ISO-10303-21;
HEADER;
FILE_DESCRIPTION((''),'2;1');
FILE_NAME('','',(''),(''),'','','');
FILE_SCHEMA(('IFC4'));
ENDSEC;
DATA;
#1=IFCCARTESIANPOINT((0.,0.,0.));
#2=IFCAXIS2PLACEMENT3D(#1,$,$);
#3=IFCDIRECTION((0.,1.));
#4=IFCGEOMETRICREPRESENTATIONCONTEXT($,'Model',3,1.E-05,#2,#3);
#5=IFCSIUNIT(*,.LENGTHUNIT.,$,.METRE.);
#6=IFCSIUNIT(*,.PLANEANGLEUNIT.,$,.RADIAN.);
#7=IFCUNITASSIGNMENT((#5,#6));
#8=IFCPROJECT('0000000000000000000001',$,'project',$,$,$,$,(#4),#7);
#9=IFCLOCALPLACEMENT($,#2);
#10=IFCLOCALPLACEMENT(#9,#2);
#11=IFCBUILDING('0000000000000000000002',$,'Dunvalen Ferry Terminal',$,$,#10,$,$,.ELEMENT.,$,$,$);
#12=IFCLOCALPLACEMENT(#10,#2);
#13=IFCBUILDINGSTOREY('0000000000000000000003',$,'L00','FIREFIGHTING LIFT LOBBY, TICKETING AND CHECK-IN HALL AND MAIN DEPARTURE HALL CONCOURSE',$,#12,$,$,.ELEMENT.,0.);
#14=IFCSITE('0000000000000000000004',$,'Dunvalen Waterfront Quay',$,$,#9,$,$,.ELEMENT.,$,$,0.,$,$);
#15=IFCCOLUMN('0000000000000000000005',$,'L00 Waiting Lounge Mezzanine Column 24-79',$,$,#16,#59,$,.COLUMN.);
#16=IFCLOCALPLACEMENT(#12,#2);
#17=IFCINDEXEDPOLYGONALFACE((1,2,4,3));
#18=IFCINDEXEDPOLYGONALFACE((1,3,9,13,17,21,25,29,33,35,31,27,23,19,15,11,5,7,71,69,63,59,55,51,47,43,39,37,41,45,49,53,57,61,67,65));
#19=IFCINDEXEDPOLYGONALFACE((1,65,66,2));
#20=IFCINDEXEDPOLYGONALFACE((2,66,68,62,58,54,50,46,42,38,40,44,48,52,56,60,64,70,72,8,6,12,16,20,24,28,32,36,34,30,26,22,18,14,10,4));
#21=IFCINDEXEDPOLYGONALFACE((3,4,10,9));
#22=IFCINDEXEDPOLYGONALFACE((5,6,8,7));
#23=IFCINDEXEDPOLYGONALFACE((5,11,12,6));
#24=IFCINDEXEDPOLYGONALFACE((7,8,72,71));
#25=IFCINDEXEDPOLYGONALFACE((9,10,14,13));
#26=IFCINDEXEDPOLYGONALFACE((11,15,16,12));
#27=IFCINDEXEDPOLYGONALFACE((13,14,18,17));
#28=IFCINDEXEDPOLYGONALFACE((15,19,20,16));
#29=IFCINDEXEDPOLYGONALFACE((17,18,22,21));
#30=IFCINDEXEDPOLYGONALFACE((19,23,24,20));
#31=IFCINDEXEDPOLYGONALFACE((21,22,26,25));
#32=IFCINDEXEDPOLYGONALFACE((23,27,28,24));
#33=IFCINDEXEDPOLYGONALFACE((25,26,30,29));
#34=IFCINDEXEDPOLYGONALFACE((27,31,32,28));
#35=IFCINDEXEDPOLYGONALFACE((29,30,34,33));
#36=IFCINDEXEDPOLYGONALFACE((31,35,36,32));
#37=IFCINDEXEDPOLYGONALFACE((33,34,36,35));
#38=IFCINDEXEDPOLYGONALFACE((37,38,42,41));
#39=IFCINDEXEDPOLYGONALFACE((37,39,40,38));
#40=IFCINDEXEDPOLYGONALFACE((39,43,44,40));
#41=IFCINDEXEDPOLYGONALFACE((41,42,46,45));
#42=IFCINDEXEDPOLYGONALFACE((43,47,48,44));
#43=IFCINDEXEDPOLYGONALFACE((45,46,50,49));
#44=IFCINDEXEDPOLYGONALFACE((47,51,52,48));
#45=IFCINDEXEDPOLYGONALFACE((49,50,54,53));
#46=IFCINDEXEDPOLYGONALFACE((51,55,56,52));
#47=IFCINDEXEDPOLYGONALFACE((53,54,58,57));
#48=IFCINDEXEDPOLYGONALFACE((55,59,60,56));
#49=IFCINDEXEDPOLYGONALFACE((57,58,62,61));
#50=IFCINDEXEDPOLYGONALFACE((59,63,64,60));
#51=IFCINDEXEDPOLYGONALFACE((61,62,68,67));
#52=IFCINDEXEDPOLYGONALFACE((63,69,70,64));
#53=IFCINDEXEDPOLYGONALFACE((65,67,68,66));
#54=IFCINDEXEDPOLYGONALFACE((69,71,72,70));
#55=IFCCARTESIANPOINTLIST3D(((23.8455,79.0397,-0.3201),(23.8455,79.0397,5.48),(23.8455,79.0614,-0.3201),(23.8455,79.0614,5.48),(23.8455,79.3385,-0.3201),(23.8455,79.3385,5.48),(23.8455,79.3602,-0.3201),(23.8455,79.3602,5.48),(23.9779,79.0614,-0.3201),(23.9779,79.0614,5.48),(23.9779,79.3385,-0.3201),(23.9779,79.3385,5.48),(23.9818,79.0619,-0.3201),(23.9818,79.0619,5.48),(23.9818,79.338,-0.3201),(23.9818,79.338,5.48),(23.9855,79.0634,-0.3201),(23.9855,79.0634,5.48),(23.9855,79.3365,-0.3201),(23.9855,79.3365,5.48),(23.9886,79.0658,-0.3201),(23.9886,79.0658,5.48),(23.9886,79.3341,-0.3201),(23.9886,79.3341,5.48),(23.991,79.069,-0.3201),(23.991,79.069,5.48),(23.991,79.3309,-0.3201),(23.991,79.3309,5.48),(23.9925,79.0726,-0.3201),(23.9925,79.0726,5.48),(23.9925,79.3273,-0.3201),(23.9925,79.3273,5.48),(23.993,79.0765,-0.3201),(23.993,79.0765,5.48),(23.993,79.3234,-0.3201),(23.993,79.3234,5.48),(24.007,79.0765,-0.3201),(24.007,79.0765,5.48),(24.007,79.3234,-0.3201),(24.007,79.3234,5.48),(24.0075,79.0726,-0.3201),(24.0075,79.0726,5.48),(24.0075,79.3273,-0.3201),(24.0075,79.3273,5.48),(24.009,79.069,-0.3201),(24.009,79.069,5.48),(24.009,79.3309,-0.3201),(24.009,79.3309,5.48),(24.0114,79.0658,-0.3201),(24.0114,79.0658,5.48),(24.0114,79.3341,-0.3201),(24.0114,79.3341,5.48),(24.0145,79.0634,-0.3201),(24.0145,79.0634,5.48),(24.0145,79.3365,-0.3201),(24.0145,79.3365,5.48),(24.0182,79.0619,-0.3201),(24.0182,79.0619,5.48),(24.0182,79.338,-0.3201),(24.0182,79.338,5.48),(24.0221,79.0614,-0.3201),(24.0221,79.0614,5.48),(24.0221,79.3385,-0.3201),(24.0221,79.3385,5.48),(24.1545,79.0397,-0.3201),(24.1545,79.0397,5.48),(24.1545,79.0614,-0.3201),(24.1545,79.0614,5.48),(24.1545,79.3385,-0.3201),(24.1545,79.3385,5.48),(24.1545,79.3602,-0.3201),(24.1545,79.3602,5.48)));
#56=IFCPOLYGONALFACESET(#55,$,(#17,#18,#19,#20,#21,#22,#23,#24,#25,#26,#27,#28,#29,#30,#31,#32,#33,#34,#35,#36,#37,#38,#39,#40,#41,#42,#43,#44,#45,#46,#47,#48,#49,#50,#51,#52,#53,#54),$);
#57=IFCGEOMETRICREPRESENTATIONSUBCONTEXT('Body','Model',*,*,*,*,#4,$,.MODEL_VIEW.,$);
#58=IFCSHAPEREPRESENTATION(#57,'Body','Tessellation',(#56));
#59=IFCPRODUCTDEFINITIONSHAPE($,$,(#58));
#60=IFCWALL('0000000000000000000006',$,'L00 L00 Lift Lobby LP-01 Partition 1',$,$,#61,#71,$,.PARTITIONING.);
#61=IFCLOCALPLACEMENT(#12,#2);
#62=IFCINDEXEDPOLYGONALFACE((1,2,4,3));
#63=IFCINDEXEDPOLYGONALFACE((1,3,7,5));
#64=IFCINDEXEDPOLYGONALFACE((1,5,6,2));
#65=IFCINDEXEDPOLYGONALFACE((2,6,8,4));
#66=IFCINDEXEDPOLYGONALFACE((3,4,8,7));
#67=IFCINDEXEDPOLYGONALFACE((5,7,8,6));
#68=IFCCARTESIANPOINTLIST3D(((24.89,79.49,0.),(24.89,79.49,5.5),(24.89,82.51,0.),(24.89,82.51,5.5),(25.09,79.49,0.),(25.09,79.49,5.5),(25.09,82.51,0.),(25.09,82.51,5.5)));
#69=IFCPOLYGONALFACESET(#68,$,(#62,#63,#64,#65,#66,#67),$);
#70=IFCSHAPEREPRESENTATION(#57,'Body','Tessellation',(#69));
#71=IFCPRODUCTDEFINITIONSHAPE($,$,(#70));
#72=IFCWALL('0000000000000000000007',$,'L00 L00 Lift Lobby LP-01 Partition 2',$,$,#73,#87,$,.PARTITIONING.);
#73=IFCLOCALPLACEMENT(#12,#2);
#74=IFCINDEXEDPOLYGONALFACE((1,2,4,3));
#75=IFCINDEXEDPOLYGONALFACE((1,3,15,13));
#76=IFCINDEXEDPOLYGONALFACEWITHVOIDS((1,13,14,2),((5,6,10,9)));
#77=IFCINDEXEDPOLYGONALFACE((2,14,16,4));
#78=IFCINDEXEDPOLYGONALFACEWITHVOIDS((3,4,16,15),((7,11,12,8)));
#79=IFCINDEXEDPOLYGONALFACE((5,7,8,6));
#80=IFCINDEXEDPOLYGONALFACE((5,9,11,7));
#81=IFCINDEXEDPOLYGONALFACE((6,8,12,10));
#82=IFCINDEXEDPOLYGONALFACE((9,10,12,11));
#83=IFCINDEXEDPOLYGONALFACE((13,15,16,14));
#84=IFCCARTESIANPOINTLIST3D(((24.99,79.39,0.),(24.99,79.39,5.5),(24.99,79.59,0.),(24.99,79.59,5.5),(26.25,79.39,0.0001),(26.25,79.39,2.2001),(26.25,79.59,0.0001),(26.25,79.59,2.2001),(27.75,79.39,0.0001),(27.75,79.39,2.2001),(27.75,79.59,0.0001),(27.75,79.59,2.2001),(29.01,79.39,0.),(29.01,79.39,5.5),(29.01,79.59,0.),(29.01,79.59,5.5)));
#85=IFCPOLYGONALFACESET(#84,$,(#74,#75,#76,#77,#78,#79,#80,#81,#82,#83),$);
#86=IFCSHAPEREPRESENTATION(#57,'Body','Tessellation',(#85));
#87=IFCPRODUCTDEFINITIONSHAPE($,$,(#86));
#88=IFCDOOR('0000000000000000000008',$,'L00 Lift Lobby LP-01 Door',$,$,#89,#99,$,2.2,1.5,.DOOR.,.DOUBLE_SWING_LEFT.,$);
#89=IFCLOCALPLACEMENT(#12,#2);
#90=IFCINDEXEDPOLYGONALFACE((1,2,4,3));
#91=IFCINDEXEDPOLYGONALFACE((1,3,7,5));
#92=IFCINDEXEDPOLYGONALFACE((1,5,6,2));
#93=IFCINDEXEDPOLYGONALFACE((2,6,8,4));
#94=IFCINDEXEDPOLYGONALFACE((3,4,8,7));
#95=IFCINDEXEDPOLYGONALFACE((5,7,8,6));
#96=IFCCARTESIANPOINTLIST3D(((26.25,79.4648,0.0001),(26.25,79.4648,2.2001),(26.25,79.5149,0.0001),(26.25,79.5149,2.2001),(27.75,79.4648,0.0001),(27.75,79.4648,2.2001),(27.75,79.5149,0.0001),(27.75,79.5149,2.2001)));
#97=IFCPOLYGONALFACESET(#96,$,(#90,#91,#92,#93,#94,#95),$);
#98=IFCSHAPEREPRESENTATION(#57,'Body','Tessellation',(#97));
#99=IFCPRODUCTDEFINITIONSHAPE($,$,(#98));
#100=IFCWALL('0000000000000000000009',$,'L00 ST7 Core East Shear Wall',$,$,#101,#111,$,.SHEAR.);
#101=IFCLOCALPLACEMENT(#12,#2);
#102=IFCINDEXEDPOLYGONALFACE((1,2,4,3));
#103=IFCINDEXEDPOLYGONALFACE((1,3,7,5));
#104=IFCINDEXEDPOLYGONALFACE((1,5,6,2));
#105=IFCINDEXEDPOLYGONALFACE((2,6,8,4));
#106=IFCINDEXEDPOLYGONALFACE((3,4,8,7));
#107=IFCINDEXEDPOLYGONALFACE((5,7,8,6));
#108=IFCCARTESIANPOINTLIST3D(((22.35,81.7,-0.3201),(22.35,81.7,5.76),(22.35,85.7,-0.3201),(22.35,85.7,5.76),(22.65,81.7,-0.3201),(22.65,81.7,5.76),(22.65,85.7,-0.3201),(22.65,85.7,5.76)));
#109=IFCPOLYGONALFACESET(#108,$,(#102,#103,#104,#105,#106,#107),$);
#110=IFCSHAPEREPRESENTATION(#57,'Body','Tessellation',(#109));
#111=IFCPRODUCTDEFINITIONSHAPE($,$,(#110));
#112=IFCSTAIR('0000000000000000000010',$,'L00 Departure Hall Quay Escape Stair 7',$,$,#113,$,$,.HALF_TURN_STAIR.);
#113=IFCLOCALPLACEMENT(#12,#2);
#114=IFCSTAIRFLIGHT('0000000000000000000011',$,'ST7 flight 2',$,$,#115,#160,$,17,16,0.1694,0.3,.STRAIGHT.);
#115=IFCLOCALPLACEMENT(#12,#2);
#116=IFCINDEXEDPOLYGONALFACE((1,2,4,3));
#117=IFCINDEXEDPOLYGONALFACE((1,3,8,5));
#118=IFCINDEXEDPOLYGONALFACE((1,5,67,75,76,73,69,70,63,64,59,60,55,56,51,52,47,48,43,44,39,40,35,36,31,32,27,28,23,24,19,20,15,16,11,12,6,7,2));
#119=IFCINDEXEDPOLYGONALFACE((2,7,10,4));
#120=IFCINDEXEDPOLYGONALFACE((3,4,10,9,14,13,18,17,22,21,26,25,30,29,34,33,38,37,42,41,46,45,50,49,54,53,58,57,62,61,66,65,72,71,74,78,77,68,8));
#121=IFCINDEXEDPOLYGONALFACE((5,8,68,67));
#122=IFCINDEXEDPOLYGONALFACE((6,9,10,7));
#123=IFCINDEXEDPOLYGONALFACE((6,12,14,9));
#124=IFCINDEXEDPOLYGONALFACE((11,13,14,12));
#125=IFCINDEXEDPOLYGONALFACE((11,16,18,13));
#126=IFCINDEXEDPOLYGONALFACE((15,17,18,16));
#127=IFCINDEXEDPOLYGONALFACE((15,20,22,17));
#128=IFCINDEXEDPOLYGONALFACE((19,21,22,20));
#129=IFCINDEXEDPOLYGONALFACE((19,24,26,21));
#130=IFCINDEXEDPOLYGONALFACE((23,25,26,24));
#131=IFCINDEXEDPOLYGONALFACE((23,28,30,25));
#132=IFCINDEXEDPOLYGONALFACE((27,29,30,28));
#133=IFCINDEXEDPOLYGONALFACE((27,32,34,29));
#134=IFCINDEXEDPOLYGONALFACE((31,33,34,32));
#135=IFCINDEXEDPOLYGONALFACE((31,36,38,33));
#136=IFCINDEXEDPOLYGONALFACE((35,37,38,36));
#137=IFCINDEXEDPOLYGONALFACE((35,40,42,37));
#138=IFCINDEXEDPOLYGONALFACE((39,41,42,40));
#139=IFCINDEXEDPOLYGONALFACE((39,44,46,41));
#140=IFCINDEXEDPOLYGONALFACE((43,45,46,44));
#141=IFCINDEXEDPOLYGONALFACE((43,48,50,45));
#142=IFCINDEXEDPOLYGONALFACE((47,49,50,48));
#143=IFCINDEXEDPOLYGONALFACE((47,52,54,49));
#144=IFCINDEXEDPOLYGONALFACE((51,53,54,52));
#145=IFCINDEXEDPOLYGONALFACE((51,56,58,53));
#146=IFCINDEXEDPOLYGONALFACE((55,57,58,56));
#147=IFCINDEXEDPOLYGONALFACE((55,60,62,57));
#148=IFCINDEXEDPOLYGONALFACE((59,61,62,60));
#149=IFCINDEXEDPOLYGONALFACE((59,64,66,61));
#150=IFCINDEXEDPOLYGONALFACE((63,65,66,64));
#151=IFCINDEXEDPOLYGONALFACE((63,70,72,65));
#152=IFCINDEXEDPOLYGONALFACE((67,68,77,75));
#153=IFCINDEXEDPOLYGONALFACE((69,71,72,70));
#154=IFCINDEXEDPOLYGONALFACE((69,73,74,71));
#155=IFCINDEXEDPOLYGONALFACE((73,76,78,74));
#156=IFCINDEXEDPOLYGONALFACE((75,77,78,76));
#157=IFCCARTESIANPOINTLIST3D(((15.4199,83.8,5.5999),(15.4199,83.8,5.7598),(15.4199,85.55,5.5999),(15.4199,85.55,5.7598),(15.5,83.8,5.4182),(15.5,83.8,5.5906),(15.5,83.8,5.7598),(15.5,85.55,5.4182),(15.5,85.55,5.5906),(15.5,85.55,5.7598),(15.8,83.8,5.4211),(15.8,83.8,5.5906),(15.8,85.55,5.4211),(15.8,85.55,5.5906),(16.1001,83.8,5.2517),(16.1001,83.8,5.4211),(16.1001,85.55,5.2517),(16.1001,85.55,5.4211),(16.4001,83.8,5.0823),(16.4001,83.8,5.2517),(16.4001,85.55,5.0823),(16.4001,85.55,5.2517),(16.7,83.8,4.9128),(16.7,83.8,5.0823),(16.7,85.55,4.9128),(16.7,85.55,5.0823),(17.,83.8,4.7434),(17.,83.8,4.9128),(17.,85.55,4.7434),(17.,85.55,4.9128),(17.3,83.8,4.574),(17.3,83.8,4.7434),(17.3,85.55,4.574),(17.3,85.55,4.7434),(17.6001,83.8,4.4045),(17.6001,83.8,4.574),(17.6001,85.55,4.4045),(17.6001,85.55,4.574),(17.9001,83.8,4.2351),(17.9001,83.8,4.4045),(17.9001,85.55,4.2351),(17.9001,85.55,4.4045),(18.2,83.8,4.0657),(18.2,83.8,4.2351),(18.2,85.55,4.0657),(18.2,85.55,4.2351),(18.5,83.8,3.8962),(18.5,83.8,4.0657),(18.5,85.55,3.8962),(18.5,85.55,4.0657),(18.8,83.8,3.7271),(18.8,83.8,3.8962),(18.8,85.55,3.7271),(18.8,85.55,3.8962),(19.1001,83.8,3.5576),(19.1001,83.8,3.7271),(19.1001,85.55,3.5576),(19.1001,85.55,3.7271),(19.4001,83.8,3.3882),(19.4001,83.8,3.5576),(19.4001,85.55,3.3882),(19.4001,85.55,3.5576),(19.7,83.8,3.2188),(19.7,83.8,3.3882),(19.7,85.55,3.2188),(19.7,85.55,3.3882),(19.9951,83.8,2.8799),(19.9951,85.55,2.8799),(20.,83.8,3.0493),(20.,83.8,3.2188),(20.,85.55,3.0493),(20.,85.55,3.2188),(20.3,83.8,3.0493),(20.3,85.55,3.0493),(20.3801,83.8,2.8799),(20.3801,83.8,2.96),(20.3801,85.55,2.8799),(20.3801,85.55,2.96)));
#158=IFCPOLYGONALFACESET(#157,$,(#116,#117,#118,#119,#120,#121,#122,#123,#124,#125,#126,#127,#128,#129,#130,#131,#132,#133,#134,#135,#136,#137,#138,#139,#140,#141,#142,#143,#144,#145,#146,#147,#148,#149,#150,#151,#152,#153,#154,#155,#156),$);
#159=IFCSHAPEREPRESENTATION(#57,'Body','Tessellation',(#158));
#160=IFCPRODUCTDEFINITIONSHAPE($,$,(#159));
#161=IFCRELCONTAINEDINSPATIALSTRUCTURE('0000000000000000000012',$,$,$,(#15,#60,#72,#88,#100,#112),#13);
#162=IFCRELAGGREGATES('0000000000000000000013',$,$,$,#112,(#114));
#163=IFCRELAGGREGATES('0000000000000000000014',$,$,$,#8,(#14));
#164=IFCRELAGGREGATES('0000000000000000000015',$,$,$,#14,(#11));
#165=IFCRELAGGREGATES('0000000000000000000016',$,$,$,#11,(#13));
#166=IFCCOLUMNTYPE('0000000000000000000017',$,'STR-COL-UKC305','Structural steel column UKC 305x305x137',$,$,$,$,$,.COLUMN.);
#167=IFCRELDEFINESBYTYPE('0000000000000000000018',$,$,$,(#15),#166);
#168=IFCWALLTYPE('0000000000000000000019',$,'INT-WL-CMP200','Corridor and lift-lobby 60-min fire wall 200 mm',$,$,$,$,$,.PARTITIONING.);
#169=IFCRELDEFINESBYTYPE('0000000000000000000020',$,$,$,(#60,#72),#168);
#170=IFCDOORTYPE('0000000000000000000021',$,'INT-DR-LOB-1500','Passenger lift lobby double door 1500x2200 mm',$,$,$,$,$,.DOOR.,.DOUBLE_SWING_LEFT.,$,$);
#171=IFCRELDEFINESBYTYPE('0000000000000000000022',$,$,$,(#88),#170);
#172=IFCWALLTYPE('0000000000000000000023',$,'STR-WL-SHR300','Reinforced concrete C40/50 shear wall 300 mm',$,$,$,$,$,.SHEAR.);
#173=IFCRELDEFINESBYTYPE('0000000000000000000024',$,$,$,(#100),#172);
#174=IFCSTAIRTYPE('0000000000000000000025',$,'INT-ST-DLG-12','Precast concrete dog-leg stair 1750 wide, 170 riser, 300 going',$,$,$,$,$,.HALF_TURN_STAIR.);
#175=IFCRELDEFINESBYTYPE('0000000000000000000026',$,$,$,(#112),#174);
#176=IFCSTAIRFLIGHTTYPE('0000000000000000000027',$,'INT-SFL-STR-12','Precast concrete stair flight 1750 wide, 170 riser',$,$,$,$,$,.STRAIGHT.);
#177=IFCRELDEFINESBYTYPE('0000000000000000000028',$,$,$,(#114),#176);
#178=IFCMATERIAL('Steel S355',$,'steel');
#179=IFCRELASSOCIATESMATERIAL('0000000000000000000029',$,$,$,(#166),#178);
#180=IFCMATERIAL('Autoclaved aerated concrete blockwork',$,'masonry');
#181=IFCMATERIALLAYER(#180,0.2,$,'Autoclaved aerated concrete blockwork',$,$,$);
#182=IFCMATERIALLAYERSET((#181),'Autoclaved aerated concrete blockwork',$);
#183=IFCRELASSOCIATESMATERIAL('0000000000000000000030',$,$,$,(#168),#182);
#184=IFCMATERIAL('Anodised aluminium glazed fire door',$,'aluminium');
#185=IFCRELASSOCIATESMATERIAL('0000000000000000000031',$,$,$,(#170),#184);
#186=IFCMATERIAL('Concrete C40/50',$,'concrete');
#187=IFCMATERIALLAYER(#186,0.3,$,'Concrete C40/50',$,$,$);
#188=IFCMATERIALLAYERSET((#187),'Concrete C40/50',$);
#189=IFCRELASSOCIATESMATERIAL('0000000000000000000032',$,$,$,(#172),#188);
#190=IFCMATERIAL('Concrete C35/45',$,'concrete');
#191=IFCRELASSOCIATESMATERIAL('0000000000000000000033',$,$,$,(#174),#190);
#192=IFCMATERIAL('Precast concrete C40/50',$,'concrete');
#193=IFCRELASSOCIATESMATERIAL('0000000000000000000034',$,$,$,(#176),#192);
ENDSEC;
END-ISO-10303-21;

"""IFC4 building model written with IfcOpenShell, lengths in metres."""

from ifc_helpers import new_model, si_unit, direction, frame, frame_2d, origin, origin_2d, place, context, subcontext, project, spatial, polyline, rectangle, i_section, outline, extrude, material, layer, layer_set, material_profile, profile_set, type_object, element, fill, aggregate, save


model = new_model("IFC4")

# Units and contexts
model_context = context("Model", 3, precision=1e-05, world=origin(), true_north=direction((0.0, 1.0)))
body_context = subcontext(model_context, "Body", "Model", "MODEL_VIEW")
ifc_project = project(units=[si_unit("LENGTHUNIT", "METRE"), si_unit("PLANEANGLEUNIT", "RADIAN")], contexts=[model_context])

# Site, building, storey
site_placement = place(None, origin())
site = spatial("IfcSite", under=ifc_project, at=site_placement, Name="Dunvalen Waterfront Quay", CompositionType="ELEMENT", RefElevation=0.0)
building_placement = place(site_placement, origin())
building = spatial("IfcBuilding", under=site, at=building_placement, Name="Dunvalen Ferry Terminal", CompositionType="ELEMENT")
storey_placement = place(building_placement, origin())
storey = spatial("IfcBuildingStorey", under=building, at=storey_placement, Name="L00", Description="FIREFIGHTING LIFT LOBBY, TICKETING AND CHECK-IN HALL AND MAIN DEPARTURE HALL CONCOURSE", CompositionType="ELEMENT", Elevation=0.0)

# Shared definitions
ifc_material_1 = material(Name="Concrete C40/50", Category="concrete")

# Column
ifc_material_2 = material(Name="Steel S355", Category="steel")
ifc_material_profile_1 = material_profile(ifc_material_2, i_section(OverallWidth=0.3091, OverallDepth=0.3206, WebThickness=0.0139, FlangeThickness=0.0217, FilletRadius=0.0151, at=origin_2d()), Name="Steel S355")
ifc_profile_set_1 = profile_set([ifc_material_profile_1], Name="Steel S355")
column_type_1 = type_object("IfcColumnType", Name="STR-COL-UKC305", Description="Structural steel column UKC 305x305x137", PredefinedType="COLUMN", material=ifc_profile_set_1)
column_1_placement = place(storey_placement, frame((24.0, 79.2, -0.3201), z_axis=(0.0, 0.0, 1.0), x_axis=(1.0, 0.0, 0.0)))
element("IfcColumn", 1, at=column_1_placement, inside=storey, type_object=column_type_1, Name="L00 Waiting Lounge Mezzanine Column 24-79", PredefinedType="COLUMN", context=body_context, shape_type="SweptSolid", body=[
    extrude(i_section(OverallWidth=0.3091, OverallDepth=0.3206, WebThickness=0.0139, FlangeThickness=0.0217, FilletRadius=0.0151, at=origin_2d()), origin(), (0.0, 0.0, 1.0), 5.8),
])

# Wall
ifc_material_3 = material(Name="Autoclaved aerated concrete blockwork", Category="masonry")
ifc_layer_1 = layer(ifc_material_3, 0.2, Name="Autoclaved aerated concrete blockwork")
ifc_layer_set_1 = layer_set([ifc_layer_1], Name="Autoclaved aerated concrete blockwork")
wall_type_1 = type_object("IfcWallType", Name="INT-WL-CMP200", Description="Corridor and lift-lobby 60-min fire wall 200 mm", PredefinedType="PARTITIONING", material=ifc_layer_set_1)
wall_1_placement = place(storey_placement, frame((24.99, 82.51, 0.0), z_axis=(0.0, 0.0, 1.0), x_axis=(0.0, -1.0, 0.0)))
element("IfcWall", 2, at=wall_1_placement, inside=storey, type_object=wall_type_1, Name="L00 L00 Lift Lobby LP-01 Partition 1", PredefinedType="PARTITIONING", context=body_context, shape_type="SweptSolid", body=[
    extrude(rectangle(XDim=3.02, YDim=0.2, at=frame_2d((1.51, 0.0))), origin(), (0.0, 0.0, 1.0), 5.5),
])

# Wall, opening, door
wall_2_placement = place(storey_placement, frame((24.99, 79.49, 0.0), z_axis=(0.0, 0.0, 1.0), x_axis=(1.0, 0.0, 0.0)))
wall_2 = element("IfcWall", 3, at=wall_2_placement, inside=storey, type_object=wall_type_1, Name="L00 L00 Lift Lobby LP-01 Partition 2", PredefinedType="PARTITIONING", context=body_context, shape_type="SweptSolid", body=[
    extrude(rectangle(XDim=4.02, YDim=0.2, at=frame_2d((2.01, 0.0))), origin(), (0.0, 0.0, 1.0), 5.5),
])
opening_placement = place(wall_2_placement, frame((1.26, 0.0, 0.0)))
opening = element("IfcOpeningElement", 4, at=opening_placement, cuts=wall_2, PredefinedType="OPENING", context=body_context, shape_type="SweptSolid", body=[
    extrude(rectangle(XDim=1.5, YDim=2.2, at=frame_2d((0.75, 1.1001))), frame((0.0, 0.1099, 0.0), z_axis=(0.0, -1.0, 0.0), x_axis=(1.0, 0.0, 0.0)), (0.0, 0.0, 1.0), 0.22),
])
ifc_material_4 = material(Name="Anodised aluminium glazed fire door", Category="aluminium")
door_type = type_object("IfcDoorType", Name="INT-DR-LOB-1500", Description="Passenger lift lobby double door 1500x2200 mm", OperationType="DOUBLE_SWING_LEFT", PredefinedType="DOOR", material=ifc_material_4)
door_placement = place(opening_placement, origin())
door = element("IfcDoor", 5, at=door_placement, inside=storey, type_object=door_type, Name="L00 Lift Lobby LP-01 Door", OperationType="DOUBLE_SWING_LEFT", OverallHeight=2.2, OverallWidth=1.5, PredefinedType="DOOR", context=body_context, shape_type="SweptSolid", body=[
    extrude(rectangle(XDim=1.5, YDim=2.2, at=frame_2d((0.75, 1.1001))), frame((0.0, 0.0249, 0.0), z_axis=(0.0, -1.0, 0.0), x_axis=(1.0, 0.0, 0.0)), (0.0, 0.0, 1.0), 0.05),
])
fill(opening, door)

# Wall
ifc_layer_2 = layer(ifc_material_1, 0.3, Name="Concrete C40/50")
ifc_layer_set_2 = layer_set([ifc_layer_2], Name="Concrete C40/50")
wall_type_2 = type_object("IfcWallType", Name="STR-WL-SHR300", Description="Reinforced concrete C40/50 shear wall 300 mm", PredefinedType="SHEAR", material=ifc_layer_set_2)
wall_3_placement = place(storey_placement, frame((22.5, 81.7, -0.3201), z_axis=(0.0, 0.0, 1.0), x_axis=(0.0, 1.0, 0.0)))
element("IfcWall", 6, at=wall_3_placement, inside=storey, type_object=wall_type_2, Name="L00 ST7 Core East Shear Wall", PredefinedType="SHEAR", context=body_context, shape_type="SweptSolid", body=[
    extrude(rectangle(XDim=4.0, YDim=0.3, at=frame_2d((2.0, 0.0))), origin(), (0.0, 0.0, 1.0), 6.0801),
])

# Stair, stair flight
ifc_material_5 = material(Name="Concrete C35/45", Category="concrete")
stair_type = type_object("IfcStairType", Name="INT-ST-DLG-12", Description="Precast concrete dog-leg stair 1750 wide, 170 riser, 300 going", PredefinedType="HALF_TURN_STAIR", material=ifc_material_5)
stair_placement = place(storey_placement, origin())
stair = element("IfcStair", 7, at=stair_placement, inside=storey, type_object=stair_type, Name="L00 Departure Hall Quay Escape Stair 7", PredefinedType="HALF_TURN_STAIR")
ifc_material_6 = material(Name="Precast concrete C40/50", Category="concrete")
stair_flight_type = type_object("IfcStairFlightType", Name="INT-SFL-STR-12", Description="Precast concrete stair flight 1750 wide, 170 riser", PredefinedType="STRAIGHT", material=ifc_material_6)
stair_flight_placement = place(storey_placement, frame((20.3, 84.675, 2.8799), z_axis=(0.0, 0.0, 1.0), x_axis=(-1.0, 0.0, 0.0)))
stair_flight = element("IfcStairFlight", 8, at=stair_flight_placement, type_object=stair_flight_type, Name="ST7 flight 2", NumberOfRisers=17, NumberOfTreads=16, PredefinedType="STRAIGHT", RiserHeight=0.1694, TreadLength=0.3, context=body_context, shape_type="SweptSolid", body=[
    extrude(outline(polyline([(-0.0801, 0.0), (-0.0801, 0.0801), (0.0, 0.1694), (0.3, 0.1694), (0.3, 0.3389), (0.6001, 0.3389), (0.6001, 0.5083), (0.8999, 0.5083), (0.8999, 0.6777), (1.2, 0.6777), (1.2, 0.8472), (1.5, 0.8472), (1.5, 1.0164), (1.8, 1.0164), (1.8, 1.1858), (2.1001, 1.1858), (2.1001, 1.3552), (2.3999, 1.3552), (2.3999, 1.5247), (2.7, 1.5247), (2.7, 1.6941), (3.0, 1.6941), (3.0, 1.8635), (3.3, 1.8635), (3.3, 2.033), (3.6001, 2.033), (3.6001, 2.2024), (3.8999, 2.2024), (3.8999, 2.3718), (4.2, 2.3718), (4.2, 2.5413), (4.5, 2.5413), (4.5, 2.7107), (4.8, 2.7107), (4.8, 2.8799), (4.8801, 2.8799), (4.8801, 2.72), (4.8, 2.5383), (0.3049, 0.0), (-0.0801, 0.0)])), frame((0.0, 0.875, 0.0), z_axis=(0.0, -1.0, 0.0), x_axis=(1.0, 0.0, 0.0)), (0.0, 0.0, 1.0), 1.75),
])
aggregate(stair, [stair_flight])

save(model, "model.ifc")
